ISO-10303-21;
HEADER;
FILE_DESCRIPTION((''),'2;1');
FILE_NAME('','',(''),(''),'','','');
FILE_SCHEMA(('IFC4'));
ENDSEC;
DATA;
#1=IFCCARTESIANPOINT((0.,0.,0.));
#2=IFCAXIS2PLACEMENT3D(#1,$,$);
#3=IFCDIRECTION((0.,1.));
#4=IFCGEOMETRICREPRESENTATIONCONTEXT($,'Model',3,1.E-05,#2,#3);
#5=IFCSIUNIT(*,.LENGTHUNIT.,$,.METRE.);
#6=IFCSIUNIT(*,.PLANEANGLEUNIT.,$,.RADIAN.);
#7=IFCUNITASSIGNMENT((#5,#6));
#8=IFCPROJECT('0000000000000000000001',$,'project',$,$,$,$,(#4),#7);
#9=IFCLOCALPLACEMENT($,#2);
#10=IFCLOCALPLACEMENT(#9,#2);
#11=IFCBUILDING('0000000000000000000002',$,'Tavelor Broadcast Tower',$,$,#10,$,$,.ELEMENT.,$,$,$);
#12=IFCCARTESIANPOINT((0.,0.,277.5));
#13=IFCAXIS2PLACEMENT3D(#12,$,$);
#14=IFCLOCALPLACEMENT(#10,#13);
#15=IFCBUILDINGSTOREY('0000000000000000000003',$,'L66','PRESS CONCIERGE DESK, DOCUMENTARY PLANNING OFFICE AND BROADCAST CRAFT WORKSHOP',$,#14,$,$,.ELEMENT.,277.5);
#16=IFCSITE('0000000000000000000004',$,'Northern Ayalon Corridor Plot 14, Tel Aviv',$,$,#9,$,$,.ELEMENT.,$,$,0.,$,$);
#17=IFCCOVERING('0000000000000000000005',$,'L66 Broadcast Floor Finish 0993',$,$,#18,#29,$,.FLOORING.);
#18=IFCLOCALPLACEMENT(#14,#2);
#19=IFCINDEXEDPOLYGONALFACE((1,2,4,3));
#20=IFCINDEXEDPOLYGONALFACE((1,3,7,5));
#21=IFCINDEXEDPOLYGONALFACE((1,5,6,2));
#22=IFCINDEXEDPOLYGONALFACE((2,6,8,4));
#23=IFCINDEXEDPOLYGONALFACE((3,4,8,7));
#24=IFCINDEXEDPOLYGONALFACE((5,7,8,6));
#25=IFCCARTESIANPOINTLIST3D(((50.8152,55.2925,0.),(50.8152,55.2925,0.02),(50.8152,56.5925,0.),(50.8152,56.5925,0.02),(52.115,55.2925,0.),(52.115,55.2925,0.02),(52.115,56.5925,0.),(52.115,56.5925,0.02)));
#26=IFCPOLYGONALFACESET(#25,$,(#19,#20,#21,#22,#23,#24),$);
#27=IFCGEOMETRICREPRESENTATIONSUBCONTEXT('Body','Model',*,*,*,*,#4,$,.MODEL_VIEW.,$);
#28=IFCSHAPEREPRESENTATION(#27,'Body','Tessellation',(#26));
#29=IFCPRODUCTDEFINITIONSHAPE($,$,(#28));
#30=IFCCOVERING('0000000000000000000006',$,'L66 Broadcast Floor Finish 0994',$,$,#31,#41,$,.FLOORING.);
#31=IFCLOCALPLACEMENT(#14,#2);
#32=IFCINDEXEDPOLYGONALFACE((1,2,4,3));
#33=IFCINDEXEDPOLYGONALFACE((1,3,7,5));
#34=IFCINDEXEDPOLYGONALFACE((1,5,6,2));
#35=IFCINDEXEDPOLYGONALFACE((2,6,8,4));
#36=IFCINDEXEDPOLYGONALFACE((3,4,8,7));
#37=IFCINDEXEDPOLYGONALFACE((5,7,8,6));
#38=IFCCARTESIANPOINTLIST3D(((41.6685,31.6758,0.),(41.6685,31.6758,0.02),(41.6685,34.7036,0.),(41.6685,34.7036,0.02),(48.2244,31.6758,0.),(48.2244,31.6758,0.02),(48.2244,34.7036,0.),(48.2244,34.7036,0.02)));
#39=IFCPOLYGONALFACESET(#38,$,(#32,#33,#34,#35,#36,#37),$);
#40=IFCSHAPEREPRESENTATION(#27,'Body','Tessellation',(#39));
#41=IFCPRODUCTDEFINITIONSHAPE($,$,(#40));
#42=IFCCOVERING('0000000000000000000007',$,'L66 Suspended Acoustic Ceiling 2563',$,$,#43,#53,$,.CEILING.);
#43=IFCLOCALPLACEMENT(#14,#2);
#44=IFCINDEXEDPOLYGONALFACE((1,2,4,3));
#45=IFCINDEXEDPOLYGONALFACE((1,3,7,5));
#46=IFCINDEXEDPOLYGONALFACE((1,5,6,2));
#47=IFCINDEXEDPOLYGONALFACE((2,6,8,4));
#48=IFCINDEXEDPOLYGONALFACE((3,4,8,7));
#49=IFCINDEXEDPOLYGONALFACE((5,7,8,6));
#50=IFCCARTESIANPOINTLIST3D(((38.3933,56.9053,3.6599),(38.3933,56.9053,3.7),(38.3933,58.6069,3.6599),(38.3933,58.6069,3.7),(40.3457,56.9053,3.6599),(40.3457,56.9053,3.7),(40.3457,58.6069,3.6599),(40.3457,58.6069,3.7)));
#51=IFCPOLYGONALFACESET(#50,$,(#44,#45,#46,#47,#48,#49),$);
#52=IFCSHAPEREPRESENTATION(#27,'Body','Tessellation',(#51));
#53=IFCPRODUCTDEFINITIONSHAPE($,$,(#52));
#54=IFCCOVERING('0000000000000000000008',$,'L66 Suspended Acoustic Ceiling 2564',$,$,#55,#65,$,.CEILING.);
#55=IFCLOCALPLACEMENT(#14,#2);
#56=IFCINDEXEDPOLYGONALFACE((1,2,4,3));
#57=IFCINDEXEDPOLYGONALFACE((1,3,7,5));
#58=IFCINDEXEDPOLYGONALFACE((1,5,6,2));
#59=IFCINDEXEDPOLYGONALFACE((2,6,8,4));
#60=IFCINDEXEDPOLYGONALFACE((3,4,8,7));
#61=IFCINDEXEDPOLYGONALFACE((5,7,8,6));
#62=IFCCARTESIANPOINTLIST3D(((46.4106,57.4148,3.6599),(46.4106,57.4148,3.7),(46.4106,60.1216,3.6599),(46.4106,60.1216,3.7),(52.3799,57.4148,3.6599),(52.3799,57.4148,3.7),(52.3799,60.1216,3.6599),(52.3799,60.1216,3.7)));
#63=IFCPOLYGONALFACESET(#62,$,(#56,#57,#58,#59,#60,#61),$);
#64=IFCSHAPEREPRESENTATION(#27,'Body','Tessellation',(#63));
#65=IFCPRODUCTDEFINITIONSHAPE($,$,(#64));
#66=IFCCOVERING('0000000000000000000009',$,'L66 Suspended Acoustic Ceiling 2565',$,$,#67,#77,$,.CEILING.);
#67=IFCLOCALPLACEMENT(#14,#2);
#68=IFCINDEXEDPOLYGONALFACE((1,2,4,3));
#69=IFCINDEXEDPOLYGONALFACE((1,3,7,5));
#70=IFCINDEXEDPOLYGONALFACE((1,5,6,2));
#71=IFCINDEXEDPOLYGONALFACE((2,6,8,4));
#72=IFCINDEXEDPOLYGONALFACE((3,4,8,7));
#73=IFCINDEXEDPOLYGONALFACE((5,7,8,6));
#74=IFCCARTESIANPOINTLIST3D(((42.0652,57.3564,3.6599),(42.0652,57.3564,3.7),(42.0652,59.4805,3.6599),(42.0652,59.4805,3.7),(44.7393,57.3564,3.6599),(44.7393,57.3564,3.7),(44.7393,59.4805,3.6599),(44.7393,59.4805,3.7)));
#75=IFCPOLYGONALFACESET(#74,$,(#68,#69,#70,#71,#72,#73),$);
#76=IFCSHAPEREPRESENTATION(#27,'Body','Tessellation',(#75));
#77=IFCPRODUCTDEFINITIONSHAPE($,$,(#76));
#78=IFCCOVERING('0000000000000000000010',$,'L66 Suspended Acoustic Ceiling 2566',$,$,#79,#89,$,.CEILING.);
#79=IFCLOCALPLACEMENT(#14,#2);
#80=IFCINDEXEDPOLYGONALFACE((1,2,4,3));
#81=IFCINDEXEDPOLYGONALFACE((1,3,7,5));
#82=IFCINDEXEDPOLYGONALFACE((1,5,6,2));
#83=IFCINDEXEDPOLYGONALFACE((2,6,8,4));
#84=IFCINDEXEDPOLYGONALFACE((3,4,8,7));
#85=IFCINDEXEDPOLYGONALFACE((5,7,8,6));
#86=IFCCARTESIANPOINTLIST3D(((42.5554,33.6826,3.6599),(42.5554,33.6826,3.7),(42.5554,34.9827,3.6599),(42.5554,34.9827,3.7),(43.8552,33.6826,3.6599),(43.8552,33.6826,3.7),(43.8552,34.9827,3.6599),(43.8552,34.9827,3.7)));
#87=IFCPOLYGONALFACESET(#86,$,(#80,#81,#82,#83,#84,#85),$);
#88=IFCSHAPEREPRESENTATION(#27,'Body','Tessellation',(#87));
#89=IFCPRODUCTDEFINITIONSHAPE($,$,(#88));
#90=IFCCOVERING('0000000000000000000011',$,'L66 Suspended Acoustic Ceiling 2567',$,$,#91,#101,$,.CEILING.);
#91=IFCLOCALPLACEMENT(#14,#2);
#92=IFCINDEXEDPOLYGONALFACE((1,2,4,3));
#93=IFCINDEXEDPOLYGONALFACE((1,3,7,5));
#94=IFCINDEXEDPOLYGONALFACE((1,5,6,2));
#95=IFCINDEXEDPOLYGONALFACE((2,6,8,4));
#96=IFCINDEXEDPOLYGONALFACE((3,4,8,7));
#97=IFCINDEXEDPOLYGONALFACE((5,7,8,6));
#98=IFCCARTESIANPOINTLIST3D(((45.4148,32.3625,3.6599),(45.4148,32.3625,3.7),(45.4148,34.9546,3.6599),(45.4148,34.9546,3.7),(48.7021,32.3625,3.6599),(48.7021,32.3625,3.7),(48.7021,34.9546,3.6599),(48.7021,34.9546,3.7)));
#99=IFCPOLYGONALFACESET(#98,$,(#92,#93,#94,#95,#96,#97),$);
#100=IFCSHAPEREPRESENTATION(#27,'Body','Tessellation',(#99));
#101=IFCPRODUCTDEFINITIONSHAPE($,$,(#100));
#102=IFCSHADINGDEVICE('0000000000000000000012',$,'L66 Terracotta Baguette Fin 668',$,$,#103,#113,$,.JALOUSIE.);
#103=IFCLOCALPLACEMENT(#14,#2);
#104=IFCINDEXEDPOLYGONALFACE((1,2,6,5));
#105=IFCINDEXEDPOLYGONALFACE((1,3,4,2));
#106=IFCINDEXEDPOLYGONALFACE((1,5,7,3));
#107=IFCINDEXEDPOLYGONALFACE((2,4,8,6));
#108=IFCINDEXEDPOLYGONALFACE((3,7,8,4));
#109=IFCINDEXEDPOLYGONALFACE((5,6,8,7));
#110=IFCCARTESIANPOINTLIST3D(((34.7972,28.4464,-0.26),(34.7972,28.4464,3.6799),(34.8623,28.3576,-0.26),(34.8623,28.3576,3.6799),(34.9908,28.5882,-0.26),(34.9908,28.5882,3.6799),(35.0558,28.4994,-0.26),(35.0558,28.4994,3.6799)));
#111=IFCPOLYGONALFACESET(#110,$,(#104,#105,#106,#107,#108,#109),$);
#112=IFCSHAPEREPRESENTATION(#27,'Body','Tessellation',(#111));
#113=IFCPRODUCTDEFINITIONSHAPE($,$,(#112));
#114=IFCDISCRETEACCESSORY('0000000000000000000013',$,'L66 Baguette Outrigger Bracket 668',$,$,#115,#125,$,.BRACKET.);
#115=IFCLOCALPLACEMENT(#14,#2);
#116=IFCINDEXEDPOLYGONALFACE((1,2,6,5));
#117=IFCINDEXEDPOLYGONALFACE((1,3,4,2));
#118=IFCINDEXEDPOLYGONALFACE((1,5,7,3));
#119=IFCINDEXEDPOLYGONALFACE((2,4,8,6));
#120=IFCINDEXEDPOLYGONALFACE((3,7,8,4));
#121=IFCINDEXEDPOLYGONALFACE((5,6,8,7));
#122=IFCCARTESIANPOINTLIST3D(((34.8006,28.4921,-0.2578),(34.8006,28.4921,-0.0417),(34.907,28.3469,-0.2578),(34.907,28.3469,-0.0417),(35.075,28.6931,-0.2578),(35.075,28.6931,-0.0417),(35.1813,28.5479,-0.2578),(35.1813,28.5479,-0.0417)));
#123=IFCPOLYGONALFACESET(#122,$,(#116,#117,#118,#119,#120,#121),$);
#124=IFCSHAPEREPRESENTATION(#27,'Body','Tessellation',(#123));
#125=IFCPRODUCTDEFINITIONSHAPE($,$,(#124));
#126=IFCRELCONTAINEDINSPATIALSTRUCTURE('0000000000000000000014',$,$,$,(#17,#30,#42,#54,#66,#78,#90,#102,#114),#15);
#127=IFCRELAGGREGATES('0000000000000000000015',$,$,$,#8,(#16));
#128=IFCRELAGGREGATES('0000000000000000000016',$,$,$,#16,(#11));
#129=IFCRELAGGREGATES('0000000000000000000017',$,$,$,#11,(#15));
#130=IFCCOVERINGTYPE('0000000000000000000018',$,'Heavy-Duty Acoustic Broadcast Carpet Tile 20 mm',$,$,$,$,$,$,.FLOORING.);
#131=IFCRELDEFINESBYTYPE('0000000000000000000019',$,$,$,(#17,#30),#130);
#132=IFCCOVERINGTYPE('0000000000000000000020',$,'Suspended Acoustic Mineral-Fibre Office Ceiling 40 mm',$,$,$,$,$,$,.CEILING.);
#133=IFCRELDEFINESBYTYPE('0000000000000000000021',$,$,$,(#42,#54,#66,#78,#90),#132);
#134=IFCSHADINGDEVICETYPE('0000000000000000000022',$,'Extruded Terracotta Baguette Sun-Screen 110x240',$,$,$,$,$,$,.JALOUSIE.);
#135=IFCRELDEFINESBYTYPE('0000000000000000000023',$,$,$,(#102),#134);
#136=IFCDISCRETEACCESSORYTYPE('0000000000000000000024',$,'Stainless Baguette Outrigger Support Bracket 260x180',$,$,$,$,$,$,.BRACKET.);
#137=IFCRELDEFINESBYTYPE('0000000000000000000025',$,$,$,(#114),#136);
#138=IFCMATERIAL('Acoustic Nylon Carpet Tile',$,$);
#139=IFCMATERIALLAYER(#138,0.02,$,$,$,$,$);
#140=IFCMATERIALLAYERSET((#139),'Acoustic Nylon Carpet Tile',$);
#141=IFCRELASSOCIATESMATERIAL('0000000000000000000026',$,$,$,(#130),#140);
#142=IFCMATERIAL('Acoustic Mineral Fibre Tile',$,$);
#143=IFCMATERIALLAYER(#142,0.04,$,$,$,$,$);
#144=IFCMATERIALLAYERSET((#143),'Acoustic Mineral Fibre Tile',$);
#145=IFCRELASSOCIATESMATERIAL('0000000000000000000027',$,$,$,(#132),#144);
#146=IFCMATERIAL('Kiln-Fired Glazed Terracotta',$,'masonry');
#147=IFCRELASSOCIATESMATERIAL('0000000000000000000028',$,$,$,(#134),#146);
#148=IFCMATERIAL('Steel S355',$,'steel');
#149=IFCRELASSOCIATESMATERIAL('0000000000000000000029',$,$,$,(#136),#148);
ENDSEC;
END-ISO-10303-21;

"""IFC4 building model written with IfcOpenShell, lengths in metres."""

from ifc_helpers import new_model, si_unit, direction, frame, origin, origin_2d, place, context, subcontext, project, spatial, polyline, rectangle, outline, extrude, source, transform, mapped, material, layer, layer_set, type_object, type_shapes, element, save


model = new_model("IFC4")

# Units and contexts
model_context = context("Model", 3, precision=1e-05, world=origin(), true_north=direction((0.0, 1.0)))
body_context = subcontext(model_context, "Body", "Model", "MODEL_VIEW")
ifc_project = project(units=[si_unit("LENGTHUNIT", "METRE"), si_unit("PLANEANGLEUNIT", "RADIAN")], contexts=[model_context])

# Site, building, storey
site_placement = place(None, origin())
site = spatial("IfcSite", under=ifc_project, at=site_placement, Name="Northern Ayalon Corridor Plot 14, Tel Aviv", CompositionType="ELEMENT", RefElevation=0.0)
building_placement = place(site_placement, origin())
building = spatial("IfcBuilding", under=site, at=building_placement, Name="Tavelor Broadcast Tower", CompositionType="ELEMENT")
storey_placement = place(building_placement, frame((0.0, 0.0, 277.5)))
storey = spatial("IfcBuildingStorey", under=building, at=storey_placement, Name="L66", Description="PRESS CONCIERGE DESK, DOCUMENTARY PLANNING OFFICE AND BROADCAST CRAFT WORKSHOP", CompositionType="ELEMENT", Elevation=277.5)

# Coverings
ifc_material_1 = material(Name="Acoustic Nylon Carpet Tile")
ifc_layer_1 = layer(ifc_material_1, 0.02)
ifc_layer_set_1 = layer_set([ifc_layer_1], Name="Acoustic Nylon Carpet Tile")
covering_type_1 = type_object("IfcCoveringType", Name="Heavy-Duty Acoustic Broadcast Carpet Tile 20 mm", PredefinedType="FLOORING", material=ifc_layer_set_1)
covering_1_placement = place(storey_placement, origin())
element("IfcCovering", 1, at=covering_1_placement, inside=storey, type_object=covering_type_1, Name="L66 Broadcast Floor Finish 0993", PredefinedType="FLOORING", context=body_context, shape_type="SweptSolid", body=[
    extrude(outline(polyline([(50.8152, 55.2925), (52.115, 55.2925), (52.115, 56.5925), (50.8152, 56.5925), (50.8152, 55.2925)])), origin(), (0.0, 0.0, 1.0), 0.02),
])
covering_2_placement = place(storey_placement, origin())
element("IfcCovering", 2, at=covering_2_placement, inside=storey, type_object=covering_type_1, Name="L66 Broadcast Floor Finish 0994", PredefinedType="FLOORING", context=body_context, shape_type="SweptSolid", body=[
    extrude(outline(polyline([(41.6685, 31.6758), (48.2244, 31.6758), (48.2244, 34.7036), (41.6685, 34.7036), (41.6685, 31.6758)])), origin(), (0.0, 0.0, 1.0), 0.02),
])
ifc_material_2 = material(Name="Acoustic Mineral Fibre Tile")
ifc_layer_2 = layer(ifc_material_2, 0.04)
ifc_layer_set_2 = layer_set([ifc_layer_2], Name="Acoustic Mineral Fibre Tile")
covering_type_2 = type_object("IfcCoveringType", Name="Suspended Acoustic Mineral-Fibre Office Ceiling 40 mm", PredefinedType="CEILING", material=ifc_layer_set_2)
covering_3_placement = place(storey_placement, frame((0.0, 0.0, 3.6599)))
element("IfcCovering", 3, at=covering_3_placement, inside=storey, type_object=covering_type_2, Name="L66 Suspended Acoustic Ceiling 2563", PredefinedType="CEILING", context=body_context, shape_type="SweptSolid", body=[
    extrude(outline(polyline([(38.3933, 56.9053), (40.3457, 56.9053), (40.3457, 58.6069), (38.3933, 58.6069), (38.3933, 56.9053)])), origin(), (0.0, 0.0, 1.0), 0.04),
])
covering_4_placement = place(storey_placement, frame((0.0, 0.0, 3.6599)))
element("IfcCovering", 4, at=covering_4_placement, inside=storey, type_object=covering_type_2, Name="L66 Suspended Acoustic Ceiling 2564", PredefinedType="CEILING", context=body_context, shape_type="SweptSolid", body=[
    extrude(outline(polyline([(46.4106, 57.4148), (52.3799, 57.4148), (52.3799, 60.1216), (46.4106, 60.1216), (46.4106, 57.4148)])), origin(), (0.0, 0.0, 1.0), 0.04),
])
covering_5_placement = place(storey_placement, frame((0.0, 0.0, 3.6599)))
element("IfcCovering", 5, at=covering_5_placement, inside=storey, type_object=covering_type_2, Name="L66 Suspended Acoustic Ceiling 2565", PredefinedType="CEILING", context=body_context, shape_type="SweptSolid", body=[
    extrude(outline(polyline([(42.0652, 57.3564), (44.7393, 57.3564), (44.7393, 59.4805), (42.0652, 59.4805), (42.0652, 57.3564)])), origin(), (0.0, 0.0, 1.0), 0.04),
])
covering_6_placement = place(storey_placement, frame((0.0, 0.0, 3.6599)))
element("IfcCovering", 6, at=covering_6_placement, inside=storey, type_object=covering_type_2, Name="L66 Suspended Acoustic Ceiling 2566", PredefinedType="CEILING", context=body_context, shape_type="SweptSolid", body=[
    extrude(outline(polyline([(42.5554, 33.6826), (43.8552, 33.6826), (43.8552, 34.9827), (42.5554, 34.9827), (42.5554, 33.6826)])), origin(), (0.0, 0.0, 1.0), 0.04),
])
covering_7_placement = place(storey_placement, frame((0.0, 0.0, 3.6599)))
element("IfcCovering", 7, at=covering_7_placement, inside=storey, type_object=covering_type_2, Name="L66 Suspended Acoustic Ceiling 2567", PredefinedType="CEILING", context=body_context, shape_type="SweptSolid", body=[
    extrude(outline(polyline([(45.4148, 32.3625), (48.7021, 32.3625), (48.7021, 34.9546), (45.4148, 34.9546), (45.4148, 32.3625)])), origin(), (0.0, 0.0, 1.0), 0.04),
])

# Shading device
ifc_material_3 = material(Name="Kiln-Fired Glazed Terracotta", Category="masonry")
shading_device_type = type_object("IfcShadingDeviceType", Name="Extruded Terracotta Baguette Sun-Screen 110x240", PredefinedType="JALOUSIE", material=ifc_material_3)
shared_shape_1 = source(origin(), body_context, "Body", "SweptSolid", [
    extrude(rectangle(XDim=0.1101, YDim=0.24, at=origin_2d()), origin(), (0.0, 0.0, 1.0), 3.9399),
])
type_shapes(shading_device_type, [shared_shape_1])
shading_device_placement = place(storey_placement, frame((34.9265, 28.4729, -0.26), z_axis=(0.0, 0.0, 1.0), x_axis=(0.591028, -0.806651, 0.0)))
element("IfcShadingDevice", 8, at=shading_device_placement, inside=storey, type_object=shading_device_type, Name="L66 Terracotta Baguette Fin 668", PredefinedType="JALOUSIE", context=body_context, shape_type="MappedRepresentation", body=[
    mapped(shared_shape_1, transform((0.0, 0.0, 0.0), scale=1.0)),
])

# Discrete accessory
ifc_material_4 = material(Name="Steel S355", Category="steel")
discrete_accessory_type = type_object("IfcDiscreteAccessoryType", Name="Stainless Baguette Outrigger Support Bracket 260x180", PredefinedType="BRACKET", material=ifc_material_4)
shared_shape_2 = source(origin(), body_context, "Body", "SweptSolid", [
    extrude(rectangle(XDim=0.1799, YDim=0.3401, at=origin_2d()), origin(), (0.0, 0.0, 1.0), 0.2161),
])
type_shapes(discrete_accessory_type, [shared_shape_2])
discrete_accessory_placement = place(storey_placement, frame((34.991, 28.52, -0.2578), z_axis=(0.0, 0.0, 1.0), x_axis=(0.591028, -0.806651, 0.0)))
element("IfcDiscreteAccessory", 9, at=discrete_accessory_placement, inside=storey, type_object=discrete_accessory_type, Name="L66 Baguette Outrigger Bracket 668", PredefinedType="BRACKET", context=body_context, shape_type="MappedRepresentation", body=[
    mapped(shared_shape_2, transform((0.0, 0.0, 0.0), scale=1.0)),
])

save(model, "model.ifc")
